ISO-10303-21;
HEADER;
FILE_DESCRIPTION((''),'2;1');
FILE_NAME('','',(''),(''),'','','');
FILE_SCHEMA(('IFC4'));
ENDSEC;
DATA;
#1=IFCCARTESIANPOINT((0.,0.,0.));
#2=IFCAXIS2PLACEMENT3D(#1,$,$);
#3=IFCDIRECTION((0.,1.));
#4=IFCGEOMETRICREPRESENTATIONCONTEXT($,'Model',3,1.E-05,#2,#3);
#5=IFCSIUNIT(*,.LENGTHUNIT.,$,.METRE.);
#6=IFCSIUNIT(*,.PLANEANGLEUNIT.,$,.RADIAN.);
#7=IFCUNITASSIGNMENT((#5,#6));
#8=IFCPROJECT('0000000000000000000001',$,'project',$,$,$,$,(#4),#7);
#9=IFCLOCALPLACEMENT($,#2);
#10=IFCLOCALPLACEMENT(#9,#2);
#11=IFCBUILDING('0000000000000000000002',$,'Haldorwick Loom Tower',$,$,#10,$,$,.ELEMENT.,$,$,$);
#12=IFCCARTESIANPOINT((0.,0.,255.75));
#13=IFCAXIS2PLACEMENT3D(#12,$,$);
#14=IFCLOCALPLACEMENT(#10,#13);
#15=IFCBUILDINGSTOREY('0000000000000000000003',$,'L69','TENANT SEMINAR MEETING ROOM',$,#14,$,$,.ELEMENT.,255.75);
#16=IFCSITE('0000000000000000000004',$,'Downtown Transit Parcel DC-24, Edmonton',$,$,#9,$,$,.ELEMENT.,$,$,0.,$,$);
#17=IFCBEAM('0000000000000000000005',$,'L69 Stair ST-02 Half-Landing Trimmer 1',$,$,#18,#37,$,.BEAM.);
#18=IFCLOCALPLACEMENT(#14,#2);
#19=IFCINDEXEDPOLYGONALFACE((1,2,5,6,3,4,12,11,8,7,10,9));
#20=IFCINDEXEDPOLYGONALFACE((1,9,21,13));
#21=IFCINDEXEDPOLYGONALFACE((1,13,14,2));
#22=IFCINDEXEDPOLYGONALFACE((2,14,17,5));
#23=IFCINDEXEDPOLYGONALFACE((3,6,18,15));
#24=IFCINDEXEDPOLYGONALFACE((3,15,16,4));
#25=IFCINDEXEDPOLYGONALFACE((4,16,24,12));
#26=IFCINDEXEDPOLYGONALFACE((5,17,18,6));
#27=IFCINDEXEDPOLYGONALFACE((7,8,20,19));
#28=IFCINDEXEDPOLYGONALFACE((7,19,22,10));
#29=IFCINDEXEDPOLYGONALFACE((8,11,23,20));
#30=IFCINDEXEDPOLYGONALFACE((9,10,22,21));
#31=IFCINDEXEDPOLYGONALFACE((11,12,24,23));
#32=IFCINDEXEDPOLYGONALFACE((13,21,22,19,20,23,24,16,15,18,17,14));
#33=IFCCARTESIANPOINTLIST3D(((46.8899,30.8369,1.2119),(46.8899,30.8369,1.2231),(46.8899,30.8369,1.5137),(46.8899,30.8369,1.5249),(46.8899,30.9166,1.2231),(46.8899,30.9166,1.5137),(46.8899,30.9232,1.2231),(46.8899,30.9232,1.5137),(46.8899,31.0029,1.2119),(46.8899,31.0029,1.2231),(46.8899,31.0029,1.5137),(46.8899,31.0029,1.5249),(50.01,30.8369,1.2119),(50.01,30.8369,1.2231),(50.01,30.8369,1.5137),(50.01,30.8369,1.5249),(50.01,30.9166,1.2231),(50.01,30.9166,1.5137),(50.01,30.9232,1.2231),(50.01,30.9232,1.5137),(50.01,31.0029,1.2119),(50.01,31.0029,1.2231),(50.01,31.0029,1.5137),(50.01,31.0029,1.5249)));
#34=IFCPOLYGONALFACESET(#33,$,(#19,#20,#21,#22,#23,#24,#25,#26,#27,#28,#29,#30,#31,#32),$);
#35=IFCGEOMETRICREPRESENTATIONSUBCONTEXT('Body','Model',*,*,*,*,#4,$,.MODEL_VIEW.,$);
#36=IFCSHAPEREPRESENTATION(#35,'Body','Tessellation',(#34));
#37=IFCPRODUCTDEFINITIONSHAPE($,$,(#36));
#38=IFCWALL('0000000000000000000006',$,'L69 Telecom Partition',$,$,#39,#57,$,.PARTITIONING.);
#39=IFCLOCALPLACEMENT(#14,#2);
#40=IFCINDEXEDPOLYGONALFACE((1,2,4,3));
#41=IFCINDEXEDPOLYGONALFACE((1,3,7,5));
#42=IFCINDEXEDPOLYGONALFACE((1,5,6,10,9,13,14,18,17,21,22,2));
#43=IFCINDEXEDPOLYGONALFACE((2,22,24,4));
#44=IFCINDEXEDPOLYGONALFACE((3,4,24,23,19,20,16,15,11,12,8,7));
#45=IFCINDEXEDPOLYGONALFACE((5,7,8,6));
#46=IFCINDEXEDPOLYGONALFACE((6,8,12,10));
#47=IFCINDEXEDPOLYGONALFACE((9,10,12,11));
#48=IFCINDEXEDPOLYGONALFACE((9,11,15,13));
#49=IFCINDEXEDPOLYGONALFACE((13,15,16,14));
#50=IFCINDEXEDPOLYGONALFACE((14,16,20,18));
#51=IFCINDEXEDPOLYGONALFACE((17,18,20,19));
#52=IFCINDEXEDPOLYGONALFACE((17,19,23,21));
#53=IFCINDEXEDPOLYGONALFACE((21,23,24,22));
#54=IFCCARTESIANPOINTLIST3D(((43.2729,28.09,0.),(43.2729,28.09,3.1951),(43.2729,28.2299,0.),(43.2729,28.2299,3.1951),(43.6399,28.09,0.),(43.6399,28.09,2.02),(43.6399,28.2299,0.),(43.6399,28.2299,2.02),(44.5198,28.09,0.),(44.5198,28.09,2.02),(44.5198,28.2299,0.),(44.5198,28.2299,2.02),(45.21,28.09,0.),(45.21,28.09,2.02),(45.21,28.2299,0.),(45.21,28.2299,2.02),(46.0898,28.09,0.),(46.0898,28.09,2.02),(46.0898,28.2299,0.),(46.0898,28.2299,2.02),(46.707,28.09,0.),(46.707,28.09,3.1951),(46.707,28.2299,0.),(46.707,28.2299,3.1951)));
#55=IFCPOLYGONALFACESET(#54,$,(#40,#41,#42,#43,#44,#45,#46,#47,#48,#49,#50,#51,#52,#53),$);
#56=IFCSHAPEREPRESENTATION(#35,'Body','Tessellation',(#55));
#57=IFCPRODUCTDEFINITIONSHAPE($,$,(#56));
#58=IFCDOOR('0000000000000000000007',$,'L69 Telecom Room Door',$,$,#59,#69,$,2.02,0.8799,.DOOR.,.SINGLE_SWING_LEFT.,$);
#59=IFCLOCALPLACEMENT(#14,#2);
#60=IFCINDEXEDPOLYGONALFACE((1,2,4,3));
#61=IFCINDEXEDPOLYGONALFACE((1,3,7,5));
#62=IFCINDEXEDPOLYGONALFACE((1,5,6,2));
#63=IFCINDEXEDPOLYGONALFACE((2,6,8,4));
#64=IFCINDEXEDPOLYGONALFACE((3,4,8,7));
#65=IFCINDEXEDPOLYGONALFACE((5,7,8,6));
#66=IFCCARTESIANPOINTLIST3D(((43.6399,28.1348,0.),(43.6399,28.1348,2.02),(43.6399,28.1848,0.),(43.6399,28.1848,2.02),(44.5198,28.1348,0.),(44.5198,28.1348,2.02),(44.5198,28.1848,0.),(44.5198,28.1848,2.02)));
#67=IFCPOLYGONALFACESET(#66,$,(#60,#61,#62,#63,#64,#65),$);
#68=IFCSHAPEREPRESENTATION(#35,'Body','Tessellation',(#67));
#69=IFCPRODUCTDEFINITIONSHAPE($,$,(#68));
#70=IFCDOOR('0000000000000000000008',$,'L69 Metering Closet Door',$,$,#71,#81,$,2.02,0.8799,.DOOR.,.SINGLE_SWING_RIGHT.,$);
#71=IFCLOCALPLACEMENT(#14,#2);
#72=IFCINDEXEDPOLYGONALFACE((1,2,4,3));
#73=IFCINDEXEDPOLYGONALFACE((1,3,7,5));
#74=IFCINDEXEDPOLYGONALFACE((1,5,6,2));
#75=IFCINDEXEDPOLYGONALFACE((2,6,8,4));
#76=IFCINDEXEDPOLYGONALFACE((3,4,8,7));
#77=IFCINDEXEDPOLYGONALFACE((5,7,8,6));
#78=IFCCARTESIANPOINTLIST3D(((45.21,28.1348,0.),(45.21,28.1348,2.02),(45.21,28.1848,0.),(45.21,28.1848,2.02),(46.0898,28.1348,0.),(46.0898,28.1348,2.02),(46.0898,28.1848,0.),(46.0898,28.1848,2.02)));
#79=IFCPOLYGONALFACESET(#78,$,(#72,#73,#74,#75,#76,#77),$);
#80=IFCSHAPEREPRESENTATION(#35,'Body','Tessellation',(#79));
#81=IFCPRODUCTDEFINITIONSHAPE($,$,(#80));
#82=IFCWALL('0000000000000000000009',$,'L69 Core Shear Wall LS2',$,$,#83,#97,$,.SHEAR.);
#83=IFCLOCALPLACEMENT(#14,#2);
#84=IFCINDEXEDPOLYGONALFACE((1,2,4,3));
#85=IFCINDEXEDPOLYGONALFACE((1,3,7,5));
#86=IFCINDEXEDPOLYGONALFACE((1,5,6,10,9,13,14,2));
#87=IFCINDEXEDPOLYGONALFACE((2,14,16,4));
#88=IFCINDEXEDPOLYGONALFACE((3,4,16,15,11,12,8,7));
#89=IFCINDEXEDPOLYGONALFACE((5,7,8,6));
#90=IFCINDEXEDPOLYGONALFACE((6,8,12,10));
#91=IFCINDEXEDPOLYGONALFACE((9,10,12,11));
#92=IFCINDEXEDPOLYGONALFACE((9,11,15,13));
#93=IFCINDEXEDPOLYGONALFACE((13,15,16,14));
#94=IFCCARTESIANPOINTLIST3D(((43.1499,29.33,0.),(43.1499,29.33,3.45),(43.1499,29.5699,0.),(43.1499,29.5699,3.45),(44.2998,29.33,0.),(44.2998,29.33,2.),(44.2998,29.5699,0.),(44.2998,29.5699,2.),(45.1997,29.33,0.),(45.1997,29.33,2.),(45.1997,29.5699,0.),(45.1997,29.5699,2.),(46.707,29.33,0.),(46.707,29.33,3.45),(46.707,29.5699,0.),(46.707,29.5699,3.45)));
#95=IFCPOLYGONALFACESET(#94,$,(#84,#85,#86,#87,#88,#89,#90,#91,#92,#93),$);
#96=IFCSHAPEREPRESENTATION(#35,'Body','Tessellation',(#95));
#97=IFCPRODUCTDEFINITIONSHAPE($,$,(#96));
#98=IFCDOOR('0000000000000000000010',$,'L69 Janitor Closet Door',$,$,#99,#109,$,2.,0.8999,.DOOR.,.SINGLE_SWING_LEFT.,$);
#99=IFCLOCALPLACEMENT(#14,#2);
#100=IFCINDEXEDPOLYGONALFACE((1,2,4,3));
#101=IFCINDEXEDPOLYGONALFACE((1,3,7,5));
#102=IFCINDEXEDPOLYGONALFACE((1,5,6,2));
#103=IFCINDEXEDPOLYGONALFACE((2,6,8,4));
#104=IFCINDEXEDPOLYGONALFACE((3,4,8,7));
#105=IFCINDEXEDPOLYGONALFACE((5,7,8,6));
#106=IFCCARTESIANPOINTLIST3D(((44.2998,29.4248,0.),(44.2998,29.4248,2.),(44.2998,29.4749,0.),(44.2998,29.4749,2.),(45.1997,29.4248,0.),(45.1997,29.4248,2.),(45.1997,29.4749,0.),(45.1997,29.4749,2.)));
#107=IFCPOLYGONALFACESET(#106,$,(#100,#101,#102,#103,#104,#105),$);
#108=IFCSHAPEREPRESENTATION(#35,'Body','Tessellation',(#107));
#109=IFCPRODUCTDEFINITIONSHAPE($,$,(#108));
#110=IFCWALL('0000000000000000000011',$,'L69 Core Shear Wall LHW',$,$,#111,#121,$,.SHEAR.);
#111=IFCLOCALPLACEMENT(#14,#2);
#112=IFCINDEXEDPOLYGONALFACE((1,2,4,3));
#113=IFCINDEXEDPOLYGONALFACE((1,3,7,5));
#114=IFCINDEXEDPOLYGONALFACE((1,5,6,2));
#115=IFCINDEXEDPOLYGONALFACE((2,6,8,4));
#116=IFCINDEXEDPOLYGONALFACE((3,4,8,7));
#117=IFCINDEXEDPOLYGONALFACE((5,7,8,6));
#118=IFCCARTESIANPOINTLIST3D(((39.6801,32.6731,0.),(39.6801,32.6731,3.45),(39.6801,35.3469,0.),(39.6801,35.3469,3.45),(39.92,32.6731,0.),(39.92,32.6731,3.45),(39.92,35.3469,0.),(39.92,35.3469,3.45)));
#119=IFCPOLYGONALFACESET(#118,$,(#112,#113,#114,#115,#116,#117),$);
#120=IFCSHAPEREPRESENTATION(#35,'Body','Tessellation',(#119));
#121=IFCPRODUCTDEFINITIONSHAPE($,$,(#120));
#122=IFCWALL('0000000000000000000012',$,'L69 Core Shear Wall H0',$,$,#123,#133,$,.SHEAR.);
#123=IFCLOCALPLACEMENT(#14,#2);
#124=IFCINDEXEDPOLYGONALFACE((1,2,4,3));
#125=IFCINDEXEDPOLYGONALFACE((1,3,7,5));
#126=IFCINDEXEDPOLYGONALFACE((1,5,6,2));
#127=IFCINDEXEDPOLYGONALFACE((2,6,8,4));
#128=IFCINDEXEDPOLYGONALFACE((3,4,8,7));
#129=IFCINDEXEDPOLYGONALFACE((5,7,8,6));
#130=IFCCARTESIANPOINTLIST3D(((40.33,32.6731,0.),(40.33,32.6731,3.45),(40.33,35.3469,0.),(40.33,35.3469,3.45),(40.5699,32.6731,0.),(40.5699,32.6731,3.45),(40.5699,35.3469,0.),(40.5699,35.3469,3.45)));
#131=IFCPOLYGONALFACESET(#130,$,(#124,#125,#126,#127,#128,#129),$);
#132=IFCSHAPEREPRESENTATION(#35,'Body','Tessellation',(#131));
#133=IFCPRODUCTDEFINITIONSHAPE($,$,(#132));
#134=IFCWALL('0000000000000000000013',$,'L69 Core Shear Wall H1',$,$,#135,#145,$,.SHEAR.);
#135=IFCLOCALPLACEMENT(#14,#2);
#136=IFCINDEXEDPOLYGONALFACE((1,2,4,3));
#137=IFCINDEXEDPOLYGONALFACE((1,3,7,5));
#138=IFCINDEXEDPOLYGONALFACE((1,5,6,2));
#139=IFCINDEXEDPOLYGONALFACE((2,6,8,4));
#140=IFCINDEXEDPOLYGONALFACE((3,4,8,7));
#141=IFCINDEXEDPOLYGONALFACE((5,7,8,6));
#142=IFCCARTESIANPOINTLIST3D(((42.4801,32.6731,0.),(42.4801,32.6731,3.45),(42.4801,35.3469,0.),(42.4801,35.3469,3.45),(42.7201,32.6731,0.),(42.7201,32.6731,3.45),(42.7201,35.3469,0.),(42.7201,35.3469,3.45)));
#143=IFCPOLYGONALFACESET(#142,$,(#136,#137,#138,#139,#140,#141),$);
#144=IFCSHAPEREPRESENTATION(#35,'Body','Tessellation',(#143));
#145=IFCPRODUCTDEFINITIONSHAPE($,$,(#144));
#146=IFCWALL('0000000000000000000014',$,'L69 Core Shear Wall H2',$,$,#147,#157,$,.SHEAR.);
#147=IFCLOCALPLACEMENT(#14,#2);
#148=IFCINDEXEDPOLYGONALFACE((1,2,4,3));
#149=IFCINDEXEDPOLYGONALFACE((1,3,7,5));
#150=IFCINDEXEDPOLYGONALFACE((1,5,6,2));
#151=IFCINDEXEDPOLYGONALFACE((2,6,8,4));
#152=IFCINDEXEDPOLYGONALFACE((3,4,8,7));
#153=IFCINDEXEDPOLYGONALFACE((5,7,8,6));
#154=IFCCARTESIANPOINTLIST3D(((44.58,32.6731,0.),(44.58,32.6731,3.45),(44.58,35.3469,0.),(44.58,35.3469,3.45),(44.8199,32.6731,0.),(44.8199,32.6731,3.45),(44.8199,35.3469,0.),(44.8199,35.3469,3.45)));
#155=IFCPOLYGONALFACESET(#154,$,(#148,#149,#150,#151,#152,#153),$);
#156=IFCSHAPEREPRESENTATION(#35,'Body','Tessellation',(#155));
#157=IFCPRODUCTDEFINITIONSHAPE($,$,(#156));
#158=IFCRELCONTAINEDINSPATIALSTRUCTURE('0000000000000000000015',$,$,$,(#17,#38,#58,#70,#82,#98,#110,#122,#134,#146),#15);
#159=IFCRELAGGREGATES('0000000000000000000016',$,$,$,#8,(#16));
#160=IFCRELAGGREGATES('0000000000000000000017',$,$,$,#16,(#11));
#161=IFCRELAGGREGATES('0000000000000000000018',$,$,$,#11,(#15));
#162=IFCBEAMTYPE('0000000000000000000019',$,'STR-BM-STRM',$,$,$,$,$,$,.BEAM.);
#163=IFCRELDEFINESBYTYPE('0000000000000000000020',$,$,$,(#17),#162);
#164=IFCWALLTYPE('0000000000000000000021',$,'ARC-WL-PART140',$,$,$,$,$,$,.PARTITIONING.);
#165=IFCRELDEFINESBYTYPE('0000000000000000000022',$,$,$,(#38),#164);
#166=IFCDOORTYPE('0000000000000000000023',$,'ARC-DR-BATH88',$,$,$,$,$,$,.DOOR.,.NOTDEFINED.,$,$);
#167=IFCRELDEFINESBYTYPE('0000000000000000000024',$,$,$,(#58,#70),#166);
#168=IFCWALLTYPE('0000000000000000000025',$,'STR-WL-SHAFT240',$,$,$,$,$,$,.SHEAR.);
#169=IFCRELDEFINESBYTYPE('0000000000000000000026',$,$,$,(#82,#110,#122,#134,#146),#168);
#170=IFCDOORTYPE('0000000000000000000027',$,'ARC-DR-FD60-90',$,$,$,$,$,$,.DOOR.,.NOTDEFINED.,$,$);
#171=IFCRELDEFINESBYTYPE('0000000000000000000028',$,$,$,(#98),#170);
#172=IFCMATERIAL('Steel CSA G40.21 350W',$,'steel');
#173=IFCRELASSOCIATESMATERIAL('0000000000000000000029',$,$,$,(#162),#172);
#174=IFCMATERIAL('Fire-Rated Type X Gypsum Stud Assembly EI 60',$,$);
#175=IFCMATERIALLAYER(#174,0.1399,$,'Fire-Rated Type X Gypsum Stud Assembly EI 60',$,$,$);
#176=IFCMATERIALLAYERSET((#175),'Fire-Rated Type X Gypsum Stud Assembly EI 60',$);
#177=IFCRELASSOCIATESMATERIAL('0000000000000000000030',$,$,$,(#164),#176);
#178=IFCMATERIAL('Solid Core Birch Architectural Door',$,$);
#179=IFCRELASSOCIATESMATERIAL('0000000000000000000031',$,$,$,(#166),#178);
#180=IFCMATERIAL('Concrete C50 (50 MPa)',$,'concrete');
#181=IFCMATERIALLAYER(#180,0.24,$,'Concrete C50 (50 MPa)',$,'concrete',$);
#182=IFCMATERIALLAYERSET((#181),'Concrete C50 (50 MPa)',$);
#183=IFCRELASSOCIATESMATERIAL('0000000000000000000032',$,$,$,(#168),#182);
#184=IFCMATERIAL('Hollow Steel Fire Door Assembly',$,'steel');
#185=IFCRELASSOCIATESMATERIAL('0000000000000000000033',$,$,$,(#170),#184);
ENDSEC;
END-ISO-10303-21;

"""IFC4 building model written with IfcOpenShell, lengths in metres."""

from ifc_helpers import new_model, si_unit, direction, frame, frame_2d, origin, origin_2d, place, context, subcontext, project, spatial, rectangle, i_section, extrude, material, layer, layer_set, material_profile, profile_set, type_object, element, fill, save


model = new_model("IFC4")

# Units and contexts
model_context = context("Model", 3, precision=1e-05, world=origin(), true_north=direction((0.0, 1.0)))
body_context = subcontext(model_context, "Body", "Model", "MODEL_VIEW")
ifc_project = project(units=[si_unit("LENGTHUNIT", "METRE"), si_unit("PLANEANGLEUNIT", "RADIAN")], contexts=[model_context])

# Site, building, storey
site_placement = place(None, origin())
site = spatial("IfcSite", under=ifc_project, at=site_placement, Name="Downtown Transit Parcel DC-24, Edmonton", CompositionType="ELEMENT", RefElevation=0.0)
building_placement = place(site_placement, origin())
building = spatial("IfcBuilding", under=site, at=building_placement, Name="Haldorwick Loom Tower", CompositionType="ELEMENT")
storey_placement = place(building_placement, frame((0.0, 0.0, 255.75)))
storey = spatial("IfcBuildingStorey", under=building, at=storey_placement, Name="L69", Description="TENANT SEMINAR MEETING ROOM", CompositionType="ELEMENT", Elevation=255.75)

# Shared definitions
ifc_material_1 = material(Name="Steel CSA G40.21 350W", Category="steel")

# Beam
ifc_material_2 = material(Name="Concrete C50 (50 MPa)", Category="concrete")
ifc_material_profile_1 = material_profile(ifc_material_1, i_section(OverallWidth=0.166, OverallDepth=0.313, WebThickness=0.0066, FlangeThickness=0.0112, at=origin_2d()), Name="W310X45", Category="steel")
ifc_profile_set_1 = profile_set([ifc_material_profile_1], Name="Steel CSA G40.21 350W")
beam_type_1 = type_object("IfcBeamType", Name="STR-BM-STRM", PredefinedType="BEAM", material=ifc_profile_set_1)
for number, where, z_axis, x_axis, name in (
    (1, (46.8899, 30.9199, 1.3684), (1.0, 0.0, 0.0), (0.0, 1.0, 0.0), "L69 Stair ST-02 Half-Landing Trimmer 1"),
):
    element("IfcBeam", number, at=place(storey_placement, frame(where, z_axis=z_axis, x_axis=x_axis)), inside=storey, type_object=beam_type_1, Name=name, PredefinedType="BEAM", context=body_context, shape_type="SweptSolid", body=[
        extrude(i_section(OverallWidth=0.166, OverallDepth=0.313, WebThickness=0.0066, FlangeThickness=0.0112, at=origin_2d()), origin(), (0.0, 0.0, 1.0), 3.1201),
    ])

# Wall, openings, doors
ifc_material_3 = material(Name="Fire-Rated Type X Gypsum Stud Assembly EI 60")
ifc_layer_1 = layer(ifc_material_3, 0.1399, Name="Fire-Rated Type X Gypsum Stud Assembly EI 60")
ifc_layer_set_1 = layer_set([ifc_layer_1], Name="Fire-Rated Type X Gypsum Stud Assembly EI 60")
wall_type_1 = type_object("IfcWallType", Name="ARC-WL-PART140", PredefinedType="PARTITIONING", material=ifc_layer_set_1)
wall_1_placement = place(storey_placement, frame((43.2729, 28.1599, 0.0), z_axis=(0.0, 0.0, 1.0), x_axis=(1.0, 0.0, 0.0)))
wall_1 = element("IfcWall", 2, at=wall_1_placement, inside=storey, type_object=wall_type_1, Name="L69 Telecom Partition", PredefinedType="PARTITIONING", context=body_context, shape_type="SweptSolid", body=[
    extrude(rectangle(XDim=3.4341, YDim=0.1399, at=frame_2d((1.717, 0.0))), origin(), (0.0, 0.0, 1.0), 3.1951),
])
opening_1_placement = place(wall_1_placement, frame((0.3669, 0.0, 0.0)))
opening_1 = element("IfcOpeningElement", 3, at=opening_1_placement, cuts=wall_1, PredefinedType="OPENING", context=body_context, shape_type="SweptSolid", body=[
    extrude(rectangle(XDim=0.8799, YDim=2.02, at=frame_2d((0.4399, 1.01))), frame((0.0, 0.0798, 0.0), z_axis=(0.0, -1.0, 0.0), x_axis=(1.0, 0.0, 0.0)), (0.0, 0.0, 1.0), 0.1599),
])
opening_2_placement = place(wall_1_placement, frame((1.937, 0.0, 0.0)))
opening_2 = element("IfcOpeningElement", 4, at=opening_2_placement, cuts=wall_1, PredefinedType="OPENING", context=body_context, shape_type="SweptSolid", body=[
    extrude(rectangle(XDim=0.8799, YDim=2.02, at=frame_2d((0.4399, 1.01))), frame((0.0, 0.0798, 0.0), z_axis=(0.0, -1.0, 0.0), x_axis=(1.0, 0.0, 0.0)), (0.0, 0.0, 1.0), 0.1599),
])
ifc_material_4 = material(Name="Solid Core Birch Architectural Door")
door_type_1 = type_object("IfcDoorType", Name="ARC-DR-BATH88", OperationType="NOTDEFINED", PredefinedType="DOOR", material=ifc_material_4)
door_1_placement = place(opening_1_placement, origin())
door_1 = element("IfcDoor", 5, at=door_1_placement, inside=storey, type_object=door_type_1, Name="L69 Telecom Room Door", OperationType="SINGLE_SWING_LEFT", OverallHeight=2.02, OverallWidth=0.8799, PredefinedType="DOOR", context=body_context, shape_type="SweptSolid", body=[
    extrude(rectangle(XDim=0.8799, YDim=2.02, at=frame_2d((0.4399, 1.01))), frame((0.0, 0.0249, 0.0), z_axis=(0.0, -1.0, 0.0), x_axis=(1.0, 0.0, 0.0)), (0.0, 0.0, 1.0), 0.05),
])
fill(opening_1, door_1)
door_2_placement = place(opening_2_placement, origin())
door_2 = element("IfcDoor", 6, at=door_2_placement, inside=storey, type_object=door_type_1, Name="L69 Metering Closet Door", OperationType="SINGLE_SWING_RIGHT", OverallHeight=2.02, OverallWidth=0.8799, PredefinedType="DOOR", context=body_context, shape_type="SweptSolid", body=[
    extrude(rectangle(XDim=0.8799, YDim=2.02, at=frame_2d((0.4399, 1.01))), frame((0.0, 0.0249, 0.0), z_axis=(0.0, -1.0, 0.0), x_axis=(1.0, 0.0, 0.0)), (0.0, 0.0, 1.0), 0.05),
])
fill(opening_2, door_2)

# Wall, opening, door
ifc_layer_2 = layer(ifc_material_2, 0.24, Name="Concrete C50 (50 MPa)", Category="concrete")
ifc_layer_set_2 = layer_set([ifc_layer_2], Name="Concrete C50 (50 MPa)")
wall_type_2 = type_object("IfcWallType", Name="STR-WL-SHAFT240", PredefinedType="SHEAR", material=ifc_layer_set_2)
wall_2_placement = place(storey_placement, frame((43.1499, 29.45, 0.0), z_axis=(0.0, 0.0, 1.0), x_axis=(1.0, 0.0, 0.0)))
wall_2 = element("IfcWall", 7, at=wall_2_placement, inside=storey, type_object=wall_type_2, Name="L69 Core Shear Wall LS2", PredefinedType="SHEAR", context=body_context, shape_type="SweptSolid", body=[
    extrude(rectangle(XDim=3.5571, YDim=0.24, at=frame_2d((1.7786, 0.0))), origin(), (0.0, 0.0, 1.0), 3.45),
])
opening_3_placement = place(wall_2_placement, frame((1.1499, 0.0, 0.0)))
opening_3 = element("IfcOpeningElement", 8, at=opening_3_placement, cuts=wall_2, PredefinedType="OPENING", context=body_context, shape_type="SweptSolid", body=[
    extrude(rectangle(XDim=0.8999, YDim=2.0, at=frame_2d((0.45, 1.0))), frame((0.0, 0.1299, 0.0), z_axis=(0.0, -1.0, 0.0), x_axis=(1.0, 0.0, 0.0)), (0.0, 0.0, 1.0), 0.26),
])
ifc_material_5 = material(Name="Hollow Steel Fire Door Assembly", Category="steel")
door_type_2 = type_object("IfcDoorType", Name="ARC-DR-FD60-90", OperationType="NOTDEFINED", PredefinedType="DOOR", material=ifc_material_5)
door_3_placement = place(opening_3_placement, origin())
door_3 = element("IfcDoor", 9, at=door_3_placement, inside=storey, type_object=door_type_2, Name="L69 Janitor Closet Door", OperationType="SINGLE_SWING_LEFT", OverallHeight=2.0, OverallWidth=0.8999, PredefinedType="DOOR", context=body_context, shape_type="SweptSolid", body=[
    extrude(rectangle(XDim=0.8999, YDim=2.0, at=frame_2d((0.45, 1.0))), frame((0.0, 0.0249, 0.0), z_axis=(0.0, -1.0, 0.0), x_axis=(1.0, 0.0, 0.0)), (0.0, 0.0, 1.0), 0.05),
])
fill(opening_3, door_3)

# Walls
for number, where, z_axis, x_axis, name in (
    (10, (39.8, 32.6731, 0.0), (0.0, 0.0, 1.0), (0.0, 1.0, 0.0), "L69 Core Shear Wall LHW"),
    (11, (40.45, 32.6731, 0.0), (0.0, 0.0, 1.0), (0.0, 1.0, 0.0), "L69 Core Shear Wall H0"),
    (12, (42.6001, 32.6731, 0.0), (0.0, 0.0, 1.0), (0.0, 1.0, 0.0), "L69 Core Shear Wall H1"),
    (13, (44.7, 32.6731, 0.0), (0.0, 0.0, 1.0), (0.0, 1.0, 0.0), "L69 Core Shear Wall H2"),
):
    element("IfcWall", number, at=place(storey_placement, frame(where, z_axis=z_axis, x_axis=x_axis)), inside=storey, type_object=wall_type_2, Name=name, PredefinedType="SHEAR", context=body_context, shape_type="SweptSolid", body=[
        extrude(rectangle(XDim=2.6738, YDim=0.24, at=frame_2d((1.3369, 0.0))), origin(), (0.0, 0.0, 1.0), 3.45),
    ])

save(model, "model.ifc")
